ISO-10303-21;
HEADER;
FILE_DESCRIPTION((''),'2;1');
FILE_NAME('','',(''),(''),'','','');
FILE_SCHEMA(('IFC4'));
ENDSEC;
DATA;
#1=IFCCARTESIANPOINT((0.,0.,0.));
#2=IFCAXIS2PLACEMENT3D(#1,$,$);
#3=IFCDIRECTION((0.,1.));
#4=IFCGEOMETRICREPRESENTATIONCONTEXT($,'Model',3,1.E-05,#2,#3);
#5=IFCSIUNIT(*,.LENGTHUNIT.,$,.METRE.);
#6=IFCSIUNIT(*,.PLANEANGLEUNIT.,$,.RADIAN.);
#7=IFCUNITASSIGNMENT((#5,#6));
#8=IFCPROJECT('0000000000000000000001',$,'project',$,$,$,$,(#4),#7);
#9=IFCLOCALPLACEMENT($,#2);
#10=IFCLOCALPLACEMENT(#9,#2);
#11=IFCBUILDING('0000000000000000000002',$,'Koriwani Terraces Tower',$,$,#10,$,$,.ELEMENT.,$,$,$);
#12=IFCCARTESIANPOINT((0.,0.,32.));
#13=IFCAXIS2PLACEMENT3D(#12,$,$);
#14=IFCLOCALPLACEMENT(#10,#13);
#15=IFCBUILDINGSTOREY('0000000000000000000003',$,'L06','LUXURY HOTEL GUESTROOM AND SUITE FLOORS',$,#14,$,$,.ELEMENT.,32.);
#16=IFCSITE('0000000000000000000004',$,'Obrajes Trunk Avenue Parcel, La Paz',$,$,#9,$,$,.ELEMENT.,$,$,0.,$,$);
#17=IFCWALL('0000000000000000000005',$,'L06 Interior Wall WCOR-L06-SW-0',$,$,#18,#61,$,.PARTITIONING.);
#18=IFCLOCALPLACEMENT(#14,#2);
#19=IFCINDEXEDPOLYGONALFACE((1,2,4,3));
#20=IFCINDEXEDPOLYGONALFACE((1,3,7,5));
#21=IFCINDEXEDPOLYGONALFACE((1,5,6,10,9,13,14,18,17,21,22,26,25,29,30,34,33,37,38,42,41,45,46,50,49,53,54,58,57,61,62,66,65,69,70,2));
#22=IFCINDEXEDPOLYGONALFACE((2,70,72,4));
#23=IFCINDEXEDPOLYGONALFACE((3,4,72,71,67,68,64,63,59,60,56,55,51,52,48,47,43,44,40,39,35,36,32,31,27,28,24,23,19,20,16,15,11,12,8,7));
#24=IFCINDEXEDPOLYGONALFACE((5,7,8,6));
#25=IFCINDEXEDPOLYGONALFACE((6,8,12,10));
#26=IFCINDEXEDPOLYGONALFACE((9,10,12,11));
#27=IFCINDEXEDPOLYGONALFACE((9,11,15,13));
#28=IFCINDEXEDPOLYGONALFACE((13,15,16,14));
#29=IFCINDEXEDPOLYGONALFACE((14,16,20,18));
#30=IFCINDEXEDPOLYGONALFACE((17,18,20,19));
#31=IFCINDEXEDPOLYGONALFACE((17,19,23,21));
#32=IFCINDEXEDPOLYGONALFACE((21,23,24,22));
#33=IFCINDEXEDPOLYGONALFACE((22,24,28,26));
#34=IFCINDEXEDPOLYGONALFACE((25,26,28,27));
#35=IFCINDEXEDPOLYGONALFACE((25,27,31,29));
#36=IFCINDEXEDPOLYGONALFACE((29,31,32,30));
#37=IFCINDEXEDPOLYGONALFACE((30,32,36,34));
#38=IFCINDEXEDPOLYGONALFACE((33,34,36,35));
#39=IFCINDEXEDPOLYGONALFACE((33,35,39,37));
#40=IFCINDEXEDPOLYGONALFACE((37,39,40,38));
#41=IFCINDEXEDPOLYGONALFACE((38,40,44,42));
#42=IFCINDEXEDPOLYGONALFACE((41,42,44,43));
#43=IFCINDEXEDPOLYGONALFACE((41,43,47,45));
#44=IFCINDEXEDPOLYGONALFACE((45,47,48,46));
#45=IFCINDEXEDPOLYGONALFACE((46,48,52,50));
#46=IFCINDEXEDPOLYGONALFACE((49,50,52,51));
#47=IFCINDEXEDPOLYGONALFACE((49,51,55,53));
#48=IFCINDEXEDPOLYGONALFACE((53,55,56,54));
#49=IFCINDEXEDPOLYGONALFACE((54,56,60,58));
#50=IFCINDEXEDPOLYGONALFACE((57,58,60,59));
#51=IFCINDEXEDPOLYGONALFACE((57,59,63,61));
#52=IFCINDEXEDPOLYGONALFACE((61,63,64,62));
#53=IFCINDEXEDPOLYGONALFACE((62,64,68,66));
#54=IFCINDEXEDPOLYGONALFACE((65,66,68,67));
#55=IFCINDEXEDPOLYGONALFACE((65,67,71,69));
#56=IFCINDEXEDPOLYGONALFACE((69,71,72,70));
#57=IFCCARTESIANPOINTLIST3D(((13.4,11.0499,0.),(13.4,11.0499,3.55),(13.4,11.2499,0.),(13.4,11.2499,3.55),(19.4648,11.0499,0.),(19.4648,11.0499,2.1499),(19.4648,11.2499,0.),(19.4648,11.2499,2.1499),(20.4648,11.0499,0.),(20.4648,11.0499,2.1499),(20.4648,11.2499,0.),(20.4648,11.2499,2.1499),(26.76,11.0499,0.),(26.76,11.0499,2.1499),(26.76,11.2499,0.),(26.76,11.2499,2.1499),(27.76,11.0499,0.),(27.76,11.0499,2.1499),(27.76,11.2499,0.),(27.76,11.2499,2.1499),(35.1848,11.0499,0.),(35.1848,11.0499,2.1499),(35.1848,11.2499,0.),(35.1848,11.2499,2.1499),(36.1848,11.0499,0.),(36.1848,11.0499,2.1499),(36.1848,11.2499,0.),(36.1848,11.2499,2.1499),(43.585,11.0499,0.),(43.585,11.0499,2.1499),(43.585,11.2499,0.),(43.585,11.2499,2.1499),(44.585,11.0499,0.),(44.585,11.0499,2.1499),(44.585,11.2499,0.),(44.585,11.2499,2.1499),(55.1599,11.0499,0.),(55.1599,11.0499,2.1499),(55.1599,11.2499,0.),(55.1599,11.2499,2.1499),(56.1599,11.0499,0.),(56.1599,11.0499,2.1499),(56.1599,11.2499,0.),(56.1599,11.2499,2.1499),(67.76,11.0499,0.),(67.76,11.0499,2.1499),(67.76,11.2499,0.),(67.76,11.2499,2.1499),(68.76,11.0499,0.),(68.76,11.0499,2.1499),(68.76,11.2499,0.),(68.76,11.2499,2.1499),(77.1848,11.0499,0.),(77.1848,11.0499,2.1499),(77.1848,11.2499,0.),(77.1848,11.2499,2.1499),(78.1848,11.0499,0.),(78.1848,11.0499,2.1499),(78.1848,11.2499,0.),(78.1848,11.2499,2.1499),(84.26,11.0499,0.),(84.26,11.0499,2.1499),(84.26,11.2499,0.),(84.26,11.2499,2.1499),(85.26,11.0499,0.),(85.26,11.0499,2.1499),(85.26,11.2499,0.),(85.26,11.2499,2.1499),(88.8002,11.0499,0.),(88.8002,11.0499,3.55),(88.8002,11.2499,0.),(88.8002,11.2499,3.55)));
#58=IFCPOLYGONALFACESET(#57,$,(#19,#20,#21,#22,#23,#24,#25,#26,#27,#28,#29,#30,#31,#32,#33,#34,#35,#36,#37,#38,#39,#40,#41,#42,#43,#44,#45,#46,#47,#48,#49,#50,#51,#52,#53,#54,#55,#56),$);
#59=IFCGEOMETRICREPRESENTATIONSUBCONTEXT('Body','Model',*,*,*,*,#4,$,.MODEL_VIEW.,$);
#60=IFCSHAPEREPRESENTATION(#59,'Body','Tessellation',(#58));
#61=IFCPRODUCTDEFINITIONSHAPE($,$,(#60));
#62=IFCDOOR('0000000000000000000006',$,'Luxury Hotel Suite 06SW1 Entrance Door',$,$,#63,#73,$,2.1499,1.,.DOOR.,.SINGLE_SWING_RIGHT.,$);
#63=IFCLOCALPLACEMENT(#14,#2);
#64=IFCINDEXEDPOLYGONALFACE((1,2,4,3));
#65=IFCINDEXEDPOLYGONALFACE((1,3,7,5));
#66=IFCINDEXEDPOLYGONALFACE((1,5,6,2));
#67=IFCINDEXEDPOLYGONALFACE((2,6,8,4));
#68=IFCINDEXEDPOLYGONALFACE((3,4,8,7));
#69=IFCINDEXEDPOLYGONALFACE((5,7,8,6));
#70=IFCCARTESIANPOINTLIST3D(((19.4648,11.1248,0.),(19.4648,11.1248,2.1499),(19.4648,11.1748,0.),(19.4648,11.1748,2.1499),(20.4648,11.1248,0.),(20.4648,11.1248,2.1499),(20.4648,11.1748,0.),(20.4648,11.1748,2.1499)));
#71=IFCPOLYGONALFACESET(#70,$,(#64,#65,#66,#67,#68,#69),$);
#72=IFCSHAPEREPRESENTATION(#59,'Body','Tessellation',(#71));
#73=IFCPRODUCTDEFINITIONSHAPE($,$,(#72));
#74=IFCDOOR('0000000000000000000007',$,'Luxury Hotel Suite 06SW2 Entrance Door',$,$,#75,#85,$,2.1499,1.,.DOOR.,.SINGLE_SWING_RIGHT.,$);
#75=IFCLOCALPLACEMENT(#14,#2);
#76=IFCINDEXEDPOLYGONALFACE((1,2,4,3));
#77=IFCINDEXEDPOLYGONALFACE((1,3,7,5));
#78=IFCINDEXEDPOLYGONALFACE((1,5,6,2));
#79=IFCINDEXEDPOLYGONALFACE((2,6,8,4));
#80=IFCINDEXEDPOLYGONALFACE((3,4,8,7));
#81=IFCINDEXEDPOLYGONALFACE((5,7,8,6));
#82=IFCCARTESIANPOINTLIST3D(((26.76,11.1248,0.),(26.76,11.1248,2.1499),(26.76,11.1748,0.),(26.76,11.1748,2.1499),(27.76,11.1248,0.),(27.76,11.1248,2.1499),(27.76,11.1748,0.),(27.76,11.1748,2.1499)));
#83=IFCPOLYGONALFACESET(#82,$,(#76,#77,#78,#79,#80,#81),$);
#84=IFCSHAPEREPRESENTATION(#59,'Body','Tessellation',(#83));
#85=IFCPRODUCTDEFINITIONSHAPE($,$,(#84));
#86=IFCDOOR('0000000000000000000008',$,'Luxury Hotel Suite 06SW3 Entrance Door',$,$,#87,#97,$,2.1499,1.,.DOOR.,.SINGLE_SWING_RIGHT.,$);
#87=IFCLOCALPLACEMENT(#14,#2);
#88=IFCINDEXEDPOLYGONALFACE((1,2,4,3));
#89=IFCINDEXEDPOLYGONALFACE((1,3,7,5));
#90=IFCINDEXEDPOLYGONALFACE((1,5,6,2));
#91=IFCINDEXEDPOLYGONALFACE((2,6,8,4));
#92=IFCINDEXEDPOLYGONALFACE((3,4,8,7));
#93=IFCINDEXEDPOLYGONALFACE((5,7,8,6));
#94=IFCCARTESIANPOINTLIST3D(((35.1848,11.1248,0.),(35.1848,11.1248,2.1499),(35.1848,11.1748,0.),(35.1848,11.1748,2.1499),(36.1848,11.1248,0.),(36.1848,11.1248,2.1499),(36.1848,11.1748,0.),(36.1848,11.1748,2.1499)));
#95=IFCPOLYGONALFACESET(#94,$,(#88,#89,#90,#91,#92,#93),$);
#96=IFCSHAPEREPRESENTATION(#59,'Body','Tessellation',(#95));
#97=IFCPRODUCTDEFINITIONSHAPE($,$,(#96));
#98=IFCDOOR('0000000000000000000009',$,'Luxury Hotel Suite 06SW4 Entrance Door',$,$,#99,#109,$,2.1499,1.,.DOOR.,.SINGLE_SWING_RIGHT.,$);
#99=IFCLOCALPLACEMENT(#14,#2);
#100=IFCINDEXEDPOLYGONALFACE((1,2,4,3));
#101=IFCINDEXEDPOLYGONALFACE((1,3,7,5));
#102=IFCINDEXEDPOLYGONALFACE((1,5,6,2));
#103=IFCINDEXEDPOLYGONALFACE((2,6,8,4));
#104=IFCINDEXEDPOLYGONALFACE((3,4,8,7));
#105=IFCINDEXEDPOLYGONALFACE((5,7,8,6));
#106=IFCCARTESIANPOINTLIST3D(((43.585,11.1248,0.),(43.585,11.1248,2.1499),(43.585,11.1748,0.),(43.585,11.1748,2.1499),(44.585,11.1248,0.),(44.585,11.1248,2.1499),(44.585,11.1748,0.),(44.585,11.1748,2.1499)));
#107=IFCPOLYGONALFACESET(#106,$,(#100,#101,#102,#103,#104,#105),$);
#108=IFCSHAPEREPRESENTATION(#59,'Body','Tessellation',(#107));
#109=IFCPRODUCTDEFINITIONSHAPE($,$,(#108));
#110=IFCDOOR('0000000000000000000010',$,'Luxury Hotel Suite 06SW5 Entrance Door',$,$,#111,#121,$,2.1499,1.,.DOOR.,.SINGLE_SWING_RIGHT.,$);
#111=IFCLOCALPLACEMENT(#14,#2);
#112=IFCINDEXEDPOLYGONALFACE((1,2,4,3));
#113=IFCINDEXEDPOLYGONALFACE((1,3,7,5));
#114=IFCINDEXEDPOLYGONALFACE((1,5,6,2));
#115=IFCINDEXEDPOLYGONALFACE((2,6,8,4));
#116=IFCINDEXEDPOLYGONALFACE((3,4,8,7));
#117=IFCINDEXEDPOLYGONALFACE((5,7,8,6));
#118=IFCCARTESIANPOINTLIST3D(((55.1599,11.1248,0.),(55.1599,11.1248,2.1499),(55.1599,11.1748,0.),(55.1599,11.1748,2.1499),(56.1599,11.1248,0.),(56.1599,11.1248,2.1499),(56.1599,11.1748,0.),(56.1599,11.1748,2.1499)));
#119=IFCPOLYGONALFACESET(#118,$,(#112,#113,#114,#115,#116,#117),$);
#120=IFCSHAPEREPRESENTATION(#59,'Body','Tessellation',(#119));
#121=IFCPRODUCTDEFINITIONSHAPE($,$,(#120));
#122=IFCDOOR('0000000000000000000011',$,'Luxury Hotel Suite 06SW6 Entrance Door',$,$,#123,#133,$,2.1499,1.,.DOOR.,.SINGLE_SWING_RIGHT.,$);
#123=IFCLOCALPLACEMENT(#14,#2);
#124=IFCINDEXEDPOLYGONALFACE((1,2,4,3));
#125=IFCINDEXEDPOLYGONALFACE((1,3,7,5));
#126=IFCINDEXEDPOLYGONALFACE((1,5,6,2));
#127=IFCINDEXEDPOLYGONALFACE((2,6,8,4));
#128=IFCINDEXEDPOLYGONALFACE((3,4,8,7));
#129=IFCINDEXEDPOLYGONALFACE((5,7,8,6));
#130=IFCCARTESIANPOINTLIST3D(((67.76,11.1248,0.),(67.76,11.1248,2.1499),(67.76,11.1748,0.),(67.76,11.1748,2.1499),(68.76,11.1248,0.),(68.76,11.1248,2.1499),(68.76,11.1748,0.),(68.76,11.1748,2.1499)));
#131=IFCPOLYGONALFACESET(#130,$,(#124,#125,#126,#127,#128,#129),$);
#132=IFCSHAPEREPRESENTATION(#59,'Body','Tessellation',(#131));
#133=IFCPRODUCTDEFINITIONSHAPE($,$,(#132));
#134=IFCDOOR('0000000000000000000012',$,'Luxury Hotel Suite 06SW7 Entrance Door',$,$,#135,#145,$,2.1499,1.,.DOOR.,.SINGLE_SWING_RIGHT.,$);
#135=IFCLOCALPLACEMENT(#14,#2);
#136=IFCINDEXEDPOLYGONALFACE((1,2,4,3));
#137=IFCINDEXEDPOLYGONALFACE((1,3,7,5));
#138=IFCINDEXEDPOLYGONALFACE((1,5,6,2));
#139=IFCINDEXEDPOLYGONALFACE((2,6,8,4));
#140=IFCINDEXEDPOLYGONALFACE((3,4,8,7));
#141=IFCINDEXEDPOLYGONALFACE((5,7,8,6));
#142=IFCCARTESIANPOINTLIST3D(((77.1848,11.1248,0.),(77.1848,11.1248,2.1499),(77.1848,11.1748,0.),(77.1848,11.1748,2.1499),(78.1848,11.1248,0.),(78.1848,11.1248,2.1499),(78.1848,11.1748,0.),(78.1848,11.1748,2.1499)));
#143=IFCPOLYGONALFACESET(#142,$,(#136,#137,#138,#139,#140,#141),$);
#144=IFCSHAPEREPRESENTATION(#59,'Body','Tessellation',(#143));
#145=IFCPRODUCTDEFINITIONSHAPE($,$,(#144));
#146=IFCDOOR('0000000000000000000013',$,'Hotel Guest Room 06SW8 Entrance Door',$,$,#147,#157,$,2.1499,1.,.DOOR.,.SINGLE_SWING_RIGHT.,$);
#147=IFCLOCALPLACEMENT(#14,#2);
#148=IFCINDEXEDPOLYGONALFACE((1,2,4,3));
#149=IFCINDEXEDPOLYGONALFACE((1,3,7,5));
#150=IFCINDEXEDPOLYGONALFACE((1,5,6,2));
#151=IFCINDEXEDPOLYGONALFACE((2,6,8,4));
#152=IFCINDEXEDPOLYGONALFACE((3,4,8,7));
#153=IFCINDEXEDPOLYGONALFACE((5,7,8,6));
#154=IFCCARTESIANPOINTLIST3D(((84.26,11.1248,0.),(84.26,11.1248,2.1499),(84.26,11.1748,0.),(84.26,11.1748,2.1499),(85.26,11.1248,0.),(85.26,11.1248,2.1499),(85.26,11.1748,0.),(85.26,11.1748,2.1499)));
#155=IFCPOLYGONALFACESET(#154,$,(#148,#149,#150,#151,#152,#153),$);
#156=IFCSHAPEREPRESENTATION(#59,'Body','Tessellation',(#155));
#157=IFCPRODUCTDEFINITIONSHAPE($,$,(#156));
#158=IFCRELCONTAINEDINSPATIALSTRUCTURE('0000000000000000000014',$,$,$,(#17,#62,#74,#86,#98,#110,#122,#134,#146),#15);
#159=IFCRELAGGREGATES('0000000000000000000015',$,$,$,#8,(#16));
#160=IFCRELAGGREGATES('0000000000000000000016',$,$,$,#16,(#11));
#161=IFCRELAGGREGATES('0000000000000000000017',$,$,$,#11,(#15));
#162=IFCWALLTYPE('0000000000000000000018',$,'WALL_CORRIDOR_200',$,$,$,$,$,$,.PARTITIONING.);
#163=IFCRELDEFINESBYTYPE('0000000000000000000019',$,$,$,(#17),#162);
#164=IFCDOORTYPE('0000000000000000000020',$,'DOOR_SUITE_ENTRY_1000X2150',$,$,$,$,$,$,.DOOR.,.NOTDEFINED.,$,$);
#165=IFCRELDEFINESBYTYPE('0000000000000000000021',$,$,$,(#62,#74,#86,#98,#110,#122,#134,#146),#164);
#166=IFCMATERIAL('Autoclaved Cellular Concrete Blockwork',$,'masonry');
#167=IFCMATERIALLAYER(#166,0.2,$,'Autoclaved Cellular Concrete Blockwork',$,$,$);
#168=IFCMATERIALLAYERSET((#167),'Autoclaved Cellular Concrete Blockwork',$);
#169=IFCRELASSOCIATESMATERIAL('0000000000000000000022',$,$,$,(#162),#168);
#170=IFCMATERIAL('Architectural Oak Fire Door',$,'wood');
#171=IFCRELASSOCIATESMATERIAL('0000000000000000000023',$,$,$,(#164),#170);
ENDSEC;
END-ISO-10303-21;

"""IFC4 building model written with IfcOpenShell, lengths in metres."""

from ifc_helpers import new_model, si_unit, direction, frame, frame_2d, origin, place, context, subcontext, project, spatial, rectangle, extrude, material, layer, layer_set, type_object, element, fill, save


model = new_model("IFC4")

# Units and contexts
model_context = context("Model", 3, precision=1e-05, world=origin(), true_north=direction((0.0, 1.0)))
body_context = subcontext(model_context, "Body", "Model", "MODEL_VIEW")
ifc_project = project(units=[si_unit("LENGTHUNIT", "METRE"), si_unit("PLANEANGLEUNIT", "RADIAN")], contexts=[model_context])

# Site, building, storey
site_placement = place(None, origin())
site = spatial("IfcSite", under=ifc_project, at=site_placement, Name="Obrajes Trunk Avenue Parcel, La Paz", CompositionType="ELEMENT", RefElevation=0.0)
building_placement = place(site_placement, origin())
building = spatial("IfcBuilding", under=site, at=building_placement, Name="Koriwani Terraces Tower", CompositionType="ELEMENT")
storey_placement = place(building_placement, frame((0.0, 0.0, 32.0)))
storey = spatial("IfcBuildingStorey", under=building, at=storey_placement, Name="L06", Description="LUXURY HOTEL GUESTROOM AND SUITE FLOORS", CompositionType="ELEMENT", Elevation=32.0)

# Shared definitions
ifc_material_1 = material(Name="Autoclaved Cellular Concrete Blockwork", Category="masonry")
ifc_layer_1 = layer(ifc_material_1, 0.2, Name="Autoclaved Cellular Concrete Blockwork")
ifc_layer_set_1 = layer_set([ifc_layer_1], Name="Autoclaved Cellular Concrete Blockwork")
wall_type_1 = type_object("IfcWallType", Name="WALL_CORRIDOR_200", PredefinedType="PARTITIONING", material=ifc_layer_set_1)
ifc_material_2 = material(Name="Architectural Oak Fire Door", Category="wood")

# Wall, openings, doors
wall_1_placement = place(storey_placement, frame((13.3999, 11.1499, 0.0), z_axis=(0.0, 0.0, 1.0), x_axis=(1.0, 0.0, 0.0)))
wall_1 = element("IfcWall", 1, at=wall_1_placement, inside=storey, type_object=wall_type_1, Name="L06 Interior Wall WCOR-L06-SW-0", PredefinedType="PARTITIONING", context=body_context, shape_type="SweptSolid", body=[
    extrude(rectangle(XDim=75.4001, YDim=0.2, at=frame_2d((37.7002, 0.0))), origin(), (0.0, 0.0, 1.0), 3.55),
])
opening_1_placement = place(wall_1_placement, frame((6.0649, 0.0, 0.0)))
opening_1 = element("IfcOpeningElement", 2, at=opening_1_placement, cuts=wall_1, PredefinedType="OPENING", context=body_context, shape_type="SweptSolid", body=[
    extrude(rectangle(XDim=1.0, YDim=2.1499, at=frame_2d((0.5, 1.075))), frame((0.0, 0.1099, 0.0), z_axis=(0.0, -1.0, 0.0), x_axis=(1.0, 0.0, 0.0)), (0.0, 0.0, 1.0), 0.22),
])
opening_2_placement = place(wall_1_placement, frame((13.3601, 0.0, 0.0)))
opening_2 = element("IfcOpeningElement", 3, at=opening_2_placement, cuts=wall_1, PredefinedType="OPENING", context=body_context, shape_type="SweptSolid", body=[
    extrude(rectangle(XDim=1.0, YDim=2.1499, at=frame_2d((0.5, 1.075))), frame((0.0, 0.1099, 0.0), z_axis=(0.0, -1.0, 0.0), x_axis=(1.0, 0.0, 0.0)), (0.0, 0.0, 1.0), 0.22),
])
opening_3_placement = place(wall_1_placement, frame((21.7849, 0.0, 0.0)))
opening_3 = element("IfcOpeningElement", 4, at=opening_3_placement, cuts=wall_1, PredefinedType="OPENING", context=body_context, shape_type="SweptSolid", body=[
    extrude(rectangle(XDim=1.0, YDim=2.1499, at=frame_2d((0.5, 1.075))), frame((0.0, 0.1099, 0.0), z_axis=(0.0, -1.0, 0.0), x_axis=(1.0, 0.0, 0.0)), (0.0, 0.0, 1.0), 0.22),
])
opening_4_placement = place(wall_1_placement, frame((30.1851, 0.0, 0.0)))
opening_4 = element("IfcOpeningElement", 5, at=opening_4_placement, cuts=wall_1, PredefinedType="OPENING", context=body_context, shape_type="SweptSolid", body=[
    extrude(rectangle(XDim=1.0, YDim=2.1499, at=frame_2d((0.5, 1.075))), frame((0.0, 0.1099, 0.0), z_axis=(0.0, -1.0, 0.0), x_axis=(1.0, 0.0, 0.0)), (0.0, 0.0, 1.0), 0.22),
])
opening_5_placement = place(wall_1_placement, frame((41.76, 0.0, 0.0)))
opening_5 = element("IfcOpeningElement", 6, at=opening_5_placement, cuts=wall_1, PredefinedType="OPENING", context=body_context, shape_type="SweptSolid", body=[
    extrude(rectangle(XDim=1.0, YDim=2.1499, at=frame_2d((0.5, 1.075))), frame((0.0, 0.1099, 0.0), z_axis=(0.0, -1.0, 0.0), x_axis=(1.0, 0.0, 0.0)), (0.0, 0.0, 1.0), 0.22),
])
opening_6_placement = place(wall_1_placement, frame((54.3601, 0.0, 0.0)))
opening_6 = element("IfcOpeningElement", 7, at=opening_6_placement, cuts=wall_1, PredefinedType="OPENING", context=body_context, shape_type="SweptSolid", body=[
    extrude(rectangle(XDim=1.0, YDim=2.1499, at=frame_2d((0.5, 1.075))), frame((0.0, 0.1099, 0.0), z_axis=(0.0, -1.0, 0.0), x_axis=(1.0, 0.0, 0.0)), (0.0, 0.0, 1.0), 0.22),
])
opening_7_placement = place(wall_1_placement, frame((63.7849, 0.0, 0.0)))
opening_7 = element("IfcOpeningElement", 8, at=opening_7_placement, cuts=wall_1, PredefinedType="OPENING", context=body_context, shape_type="SweptSolid", body=[
    extrude(rectangle(XDim=1.0, YDim=2.1499, at=frame_2d((0.5, 1.075))), frame((0.0, 0.1099, 0.0), z_axis=(0.0, -1.0, 0.0), x_axis=(1.0, 0.0, 0.0)), (0.0, 0.0, 1.0), 0.22),
])
opening_8_placement = place(wall_1_placement, frame((70.8601, 0.0, 0.0)))
opening_8 = element("IfcOpeningElement", 9, at=opening_8_placement, cuts=wall_1, PredefinedType="OPENING", context=body_context, shape_type="SweptSolid", body=[
    extrude(rectangle(XDim=1.0, YDim=2.1499, at=frame_2d((0.5, 1.075))), frame((0.0, 0.1099, 0.0), z_axis=(0.0, -1.0, 0.0), x_axis=(1.0, 0.0, 0.0)), (0.0, 0.0, 1.0), 0.22),
])
door_type_1 = type_object("IfcDoorType", Name="DOOR_SUITE_ENTRY_1000X2150", OperationType="NOTDEFINED", PredefinedType="DOOR", material=ifc_material_2)
door_1_placement = place(opening_1_placement, origin())
door_1 = element("IfcDoor", 10, at=door_1_placement, inside=storey, type_object=door_type_1, Name="Luxury Hotel Suite 06SW1 Entrance Door", OperationType="SINGLE_SWING_RIGHT", OverallHeight=2.1499, OverallWidth=1.0, PredefinedType="DOOR", context=body_context, shape_type="SweptSolid", body=[
    extrude(rectangle(XDim=1.0, YDim=2.1499, at=frame_2d((0.5, 1.075))), frame((0.0, 0.0249, 0.0), z_axis=(0.0, -1.0, 0.0), x_axis=(1.0, 0.0, 0.0)), (0.0, 0.0, 1.0), 0.05),
])
fill(opening_1, door_1)
door_2_placement = place(opening_2_placement, origin())
door_2 = element("IfcDoor", 11, at=door_2_placement, inside=storey, type_object=door_type_1, Name="Luxury Hotel Suite 06SW2 Entrance Door", OperationType="SINGLE_SWING_RIGHT", OverallHeight=2.1499, OverallWidth=1.0, PredefinedType="DOOR", context=body_context, shape_type="SweptSolid", body=[
    extrude(rectangle(XDim=1.0, YDim=2.1499, at=frame_2d((0.5, 1.075))), frame((0.0, 0.0249, 0.0), z_axis=(0.0, -1.0, 0.0), x_axis=(1.0, 0.0, 0.0)), (0.0, 0.0, 1.0), 0.05),
])
fill(opening_2, door_2)
door_3_placement = place(opening_3_placement, origin())
door_3 = element("IfcDoor", 12, at=door_3_placement, inside=storey, type_object=door_type_1, Name="Luxury Hotel Suite 06SW3 Entrance Door", OperationType="SINGLE_SWING_RIGHT", OverallHeight=2.1499, OverallWidth=1.0, PredefinedType="DOOR", context=body_context, shape_type="SweptSolid", body=[
    extrude(rectangle(XDim=1.0, YDim=2.1499, at=frame_2d((0.5, 1.075))), frame((0.0, 0.0249, 0.0), z_axis=(0.0, -1.0, 0.0), x_axis=(1.0, 0.0, 0.0)), (0.0, 0.0, 1.0), 0.05),
])
fill(opening_3, door_3)
door_4_placement = place(opening_4_placement, origin())
door_4 = element("IfcDoor", 13, at=door_4_placement, inside=storey, type_object=door_type_1, Name="Luxury Hotel Suite 06SW4 Entrance Door", OperationType="SINGLE_SWING_RIGHT", OverallHeight=2.1499, OverallWidth=1.0, PredefinedType="DOOR", context=body_context, shape_type="SweptSolid", body=[
    extrude(rectangle(XDim=1.0, YDim=2.1499, at=frame_2d((0.5, 1.075))), frame((0.0, 0.0249, 0.0), z_axis=(0.0, -1.0, 0.0), x_axis=(1.0, 0.0, 0.0)), (0.0, 0.0, 1.0), 0.05),
])
fill(opening_4, door_4)
door_5_placement = place(opening_5_placement, origin())
door_5 = element("IfcDoor", 14, at=door_5_placement, inside=storey, type_object=door_type_1, Name="Luxury Hotel Suite 06SW5 Entrance Door", OperationType="SINGLE_SWING_RIGHT", OverallHeight=2.1499, OverallWidth=1.0, PredefinedType="DOOR", context=body_context, shape_type="SweptSolid", body=[
    extrude(rectangle(XDim=1.0, YDim=2.1499, at=frame_2d((0.5, 1.075))), frame((0.0, 0.0249, 0.0), z_axis=(0.0, -1.0, 0.0), x_axis=(1.0, 0.0, 0.0)), (0.0, 0.0, 1.0), 0.05),
])
fill(opening_5, door_5)
door_6_placement = place(opening_6_placement, origin())
door_6 = element("IfcDoor", 15, at=door_6_placement, inside=storey, type_object=door_type_1, Name="Luxury Hotel Suite 06SW6 Entrance Door", OperationType="SINGLE_SWING_RIGHT", OverallHeight=2.1499, OverallWidth=1.0, PredefinedType="DOOR", context=body_context, shape_type="SweptSolid", body=[
    extrude(rectangle(XDim=1.0, YDim=2.1499, at=frame_2d((0.5, 1.075))), frame((0.0, 0.0249, 0.0), z_axis=(0.0, -1.0, 0.0), x_axis=(1.0, 0.0, 0.0)), (0.0, 0.0, 1.0), 0.05),
])
fill(opening_6, door_6)
door_7_placement = place(opening_7_placement, origin())
door_7 = element("IfcDoor", 16, at=door_7_placement, inside=storey, type_object=door_type_1, Name="Luxury Hotel Suite 06SW7 Entrance Door", OperationType="SINGLE_SWING_RIGHT", OverallHeight=2.1499, OverallWidth=1.0, PredefinedType="DOOR", context=body_context, shape_type="SweptSolid", body=[
    extrude(rectangle(XDim=1.0, YDim=2.1499, at=frame_2d((0.5, 1.075))), frame((0.0, 0.0249, 0.0), z_axis=(0.0, -1.0, 0.0), x_axis=(1.0, 0.0, 0.0)), (0.0, 0.0, 1.0), 0.05),
])
fill(opening_7, door_7)
door_8_placement = place(opening_8_placement, origin())
door_8 = element("IfcDoor", 17, at=door_8_placement, inside=storey, type_object=door_type_1, Name="Hotel Guest Room 06SW8 Entrance Door", OperationType="SINGLE_SWING_RIGHT", OverallHeight=2.1499, OverallWidth=1.0, PredefinedType="DOOR", context=body_context, shape_type="SweptSolid", body=[
    extrude(rectangle(XDim=1.0, YDim=2.1499, at=frame_2d((0.5, 1.075))), frame((0.0, 0.0249, 0.0), z_axis=(0.0, -1.0, 0.0), x_axis=(1.0, 0.0, 0.0)), (0.0, 0.0, 1.0), 0.05),
])
fill(opening_8, door_8)

save(model, "model.ifc")
